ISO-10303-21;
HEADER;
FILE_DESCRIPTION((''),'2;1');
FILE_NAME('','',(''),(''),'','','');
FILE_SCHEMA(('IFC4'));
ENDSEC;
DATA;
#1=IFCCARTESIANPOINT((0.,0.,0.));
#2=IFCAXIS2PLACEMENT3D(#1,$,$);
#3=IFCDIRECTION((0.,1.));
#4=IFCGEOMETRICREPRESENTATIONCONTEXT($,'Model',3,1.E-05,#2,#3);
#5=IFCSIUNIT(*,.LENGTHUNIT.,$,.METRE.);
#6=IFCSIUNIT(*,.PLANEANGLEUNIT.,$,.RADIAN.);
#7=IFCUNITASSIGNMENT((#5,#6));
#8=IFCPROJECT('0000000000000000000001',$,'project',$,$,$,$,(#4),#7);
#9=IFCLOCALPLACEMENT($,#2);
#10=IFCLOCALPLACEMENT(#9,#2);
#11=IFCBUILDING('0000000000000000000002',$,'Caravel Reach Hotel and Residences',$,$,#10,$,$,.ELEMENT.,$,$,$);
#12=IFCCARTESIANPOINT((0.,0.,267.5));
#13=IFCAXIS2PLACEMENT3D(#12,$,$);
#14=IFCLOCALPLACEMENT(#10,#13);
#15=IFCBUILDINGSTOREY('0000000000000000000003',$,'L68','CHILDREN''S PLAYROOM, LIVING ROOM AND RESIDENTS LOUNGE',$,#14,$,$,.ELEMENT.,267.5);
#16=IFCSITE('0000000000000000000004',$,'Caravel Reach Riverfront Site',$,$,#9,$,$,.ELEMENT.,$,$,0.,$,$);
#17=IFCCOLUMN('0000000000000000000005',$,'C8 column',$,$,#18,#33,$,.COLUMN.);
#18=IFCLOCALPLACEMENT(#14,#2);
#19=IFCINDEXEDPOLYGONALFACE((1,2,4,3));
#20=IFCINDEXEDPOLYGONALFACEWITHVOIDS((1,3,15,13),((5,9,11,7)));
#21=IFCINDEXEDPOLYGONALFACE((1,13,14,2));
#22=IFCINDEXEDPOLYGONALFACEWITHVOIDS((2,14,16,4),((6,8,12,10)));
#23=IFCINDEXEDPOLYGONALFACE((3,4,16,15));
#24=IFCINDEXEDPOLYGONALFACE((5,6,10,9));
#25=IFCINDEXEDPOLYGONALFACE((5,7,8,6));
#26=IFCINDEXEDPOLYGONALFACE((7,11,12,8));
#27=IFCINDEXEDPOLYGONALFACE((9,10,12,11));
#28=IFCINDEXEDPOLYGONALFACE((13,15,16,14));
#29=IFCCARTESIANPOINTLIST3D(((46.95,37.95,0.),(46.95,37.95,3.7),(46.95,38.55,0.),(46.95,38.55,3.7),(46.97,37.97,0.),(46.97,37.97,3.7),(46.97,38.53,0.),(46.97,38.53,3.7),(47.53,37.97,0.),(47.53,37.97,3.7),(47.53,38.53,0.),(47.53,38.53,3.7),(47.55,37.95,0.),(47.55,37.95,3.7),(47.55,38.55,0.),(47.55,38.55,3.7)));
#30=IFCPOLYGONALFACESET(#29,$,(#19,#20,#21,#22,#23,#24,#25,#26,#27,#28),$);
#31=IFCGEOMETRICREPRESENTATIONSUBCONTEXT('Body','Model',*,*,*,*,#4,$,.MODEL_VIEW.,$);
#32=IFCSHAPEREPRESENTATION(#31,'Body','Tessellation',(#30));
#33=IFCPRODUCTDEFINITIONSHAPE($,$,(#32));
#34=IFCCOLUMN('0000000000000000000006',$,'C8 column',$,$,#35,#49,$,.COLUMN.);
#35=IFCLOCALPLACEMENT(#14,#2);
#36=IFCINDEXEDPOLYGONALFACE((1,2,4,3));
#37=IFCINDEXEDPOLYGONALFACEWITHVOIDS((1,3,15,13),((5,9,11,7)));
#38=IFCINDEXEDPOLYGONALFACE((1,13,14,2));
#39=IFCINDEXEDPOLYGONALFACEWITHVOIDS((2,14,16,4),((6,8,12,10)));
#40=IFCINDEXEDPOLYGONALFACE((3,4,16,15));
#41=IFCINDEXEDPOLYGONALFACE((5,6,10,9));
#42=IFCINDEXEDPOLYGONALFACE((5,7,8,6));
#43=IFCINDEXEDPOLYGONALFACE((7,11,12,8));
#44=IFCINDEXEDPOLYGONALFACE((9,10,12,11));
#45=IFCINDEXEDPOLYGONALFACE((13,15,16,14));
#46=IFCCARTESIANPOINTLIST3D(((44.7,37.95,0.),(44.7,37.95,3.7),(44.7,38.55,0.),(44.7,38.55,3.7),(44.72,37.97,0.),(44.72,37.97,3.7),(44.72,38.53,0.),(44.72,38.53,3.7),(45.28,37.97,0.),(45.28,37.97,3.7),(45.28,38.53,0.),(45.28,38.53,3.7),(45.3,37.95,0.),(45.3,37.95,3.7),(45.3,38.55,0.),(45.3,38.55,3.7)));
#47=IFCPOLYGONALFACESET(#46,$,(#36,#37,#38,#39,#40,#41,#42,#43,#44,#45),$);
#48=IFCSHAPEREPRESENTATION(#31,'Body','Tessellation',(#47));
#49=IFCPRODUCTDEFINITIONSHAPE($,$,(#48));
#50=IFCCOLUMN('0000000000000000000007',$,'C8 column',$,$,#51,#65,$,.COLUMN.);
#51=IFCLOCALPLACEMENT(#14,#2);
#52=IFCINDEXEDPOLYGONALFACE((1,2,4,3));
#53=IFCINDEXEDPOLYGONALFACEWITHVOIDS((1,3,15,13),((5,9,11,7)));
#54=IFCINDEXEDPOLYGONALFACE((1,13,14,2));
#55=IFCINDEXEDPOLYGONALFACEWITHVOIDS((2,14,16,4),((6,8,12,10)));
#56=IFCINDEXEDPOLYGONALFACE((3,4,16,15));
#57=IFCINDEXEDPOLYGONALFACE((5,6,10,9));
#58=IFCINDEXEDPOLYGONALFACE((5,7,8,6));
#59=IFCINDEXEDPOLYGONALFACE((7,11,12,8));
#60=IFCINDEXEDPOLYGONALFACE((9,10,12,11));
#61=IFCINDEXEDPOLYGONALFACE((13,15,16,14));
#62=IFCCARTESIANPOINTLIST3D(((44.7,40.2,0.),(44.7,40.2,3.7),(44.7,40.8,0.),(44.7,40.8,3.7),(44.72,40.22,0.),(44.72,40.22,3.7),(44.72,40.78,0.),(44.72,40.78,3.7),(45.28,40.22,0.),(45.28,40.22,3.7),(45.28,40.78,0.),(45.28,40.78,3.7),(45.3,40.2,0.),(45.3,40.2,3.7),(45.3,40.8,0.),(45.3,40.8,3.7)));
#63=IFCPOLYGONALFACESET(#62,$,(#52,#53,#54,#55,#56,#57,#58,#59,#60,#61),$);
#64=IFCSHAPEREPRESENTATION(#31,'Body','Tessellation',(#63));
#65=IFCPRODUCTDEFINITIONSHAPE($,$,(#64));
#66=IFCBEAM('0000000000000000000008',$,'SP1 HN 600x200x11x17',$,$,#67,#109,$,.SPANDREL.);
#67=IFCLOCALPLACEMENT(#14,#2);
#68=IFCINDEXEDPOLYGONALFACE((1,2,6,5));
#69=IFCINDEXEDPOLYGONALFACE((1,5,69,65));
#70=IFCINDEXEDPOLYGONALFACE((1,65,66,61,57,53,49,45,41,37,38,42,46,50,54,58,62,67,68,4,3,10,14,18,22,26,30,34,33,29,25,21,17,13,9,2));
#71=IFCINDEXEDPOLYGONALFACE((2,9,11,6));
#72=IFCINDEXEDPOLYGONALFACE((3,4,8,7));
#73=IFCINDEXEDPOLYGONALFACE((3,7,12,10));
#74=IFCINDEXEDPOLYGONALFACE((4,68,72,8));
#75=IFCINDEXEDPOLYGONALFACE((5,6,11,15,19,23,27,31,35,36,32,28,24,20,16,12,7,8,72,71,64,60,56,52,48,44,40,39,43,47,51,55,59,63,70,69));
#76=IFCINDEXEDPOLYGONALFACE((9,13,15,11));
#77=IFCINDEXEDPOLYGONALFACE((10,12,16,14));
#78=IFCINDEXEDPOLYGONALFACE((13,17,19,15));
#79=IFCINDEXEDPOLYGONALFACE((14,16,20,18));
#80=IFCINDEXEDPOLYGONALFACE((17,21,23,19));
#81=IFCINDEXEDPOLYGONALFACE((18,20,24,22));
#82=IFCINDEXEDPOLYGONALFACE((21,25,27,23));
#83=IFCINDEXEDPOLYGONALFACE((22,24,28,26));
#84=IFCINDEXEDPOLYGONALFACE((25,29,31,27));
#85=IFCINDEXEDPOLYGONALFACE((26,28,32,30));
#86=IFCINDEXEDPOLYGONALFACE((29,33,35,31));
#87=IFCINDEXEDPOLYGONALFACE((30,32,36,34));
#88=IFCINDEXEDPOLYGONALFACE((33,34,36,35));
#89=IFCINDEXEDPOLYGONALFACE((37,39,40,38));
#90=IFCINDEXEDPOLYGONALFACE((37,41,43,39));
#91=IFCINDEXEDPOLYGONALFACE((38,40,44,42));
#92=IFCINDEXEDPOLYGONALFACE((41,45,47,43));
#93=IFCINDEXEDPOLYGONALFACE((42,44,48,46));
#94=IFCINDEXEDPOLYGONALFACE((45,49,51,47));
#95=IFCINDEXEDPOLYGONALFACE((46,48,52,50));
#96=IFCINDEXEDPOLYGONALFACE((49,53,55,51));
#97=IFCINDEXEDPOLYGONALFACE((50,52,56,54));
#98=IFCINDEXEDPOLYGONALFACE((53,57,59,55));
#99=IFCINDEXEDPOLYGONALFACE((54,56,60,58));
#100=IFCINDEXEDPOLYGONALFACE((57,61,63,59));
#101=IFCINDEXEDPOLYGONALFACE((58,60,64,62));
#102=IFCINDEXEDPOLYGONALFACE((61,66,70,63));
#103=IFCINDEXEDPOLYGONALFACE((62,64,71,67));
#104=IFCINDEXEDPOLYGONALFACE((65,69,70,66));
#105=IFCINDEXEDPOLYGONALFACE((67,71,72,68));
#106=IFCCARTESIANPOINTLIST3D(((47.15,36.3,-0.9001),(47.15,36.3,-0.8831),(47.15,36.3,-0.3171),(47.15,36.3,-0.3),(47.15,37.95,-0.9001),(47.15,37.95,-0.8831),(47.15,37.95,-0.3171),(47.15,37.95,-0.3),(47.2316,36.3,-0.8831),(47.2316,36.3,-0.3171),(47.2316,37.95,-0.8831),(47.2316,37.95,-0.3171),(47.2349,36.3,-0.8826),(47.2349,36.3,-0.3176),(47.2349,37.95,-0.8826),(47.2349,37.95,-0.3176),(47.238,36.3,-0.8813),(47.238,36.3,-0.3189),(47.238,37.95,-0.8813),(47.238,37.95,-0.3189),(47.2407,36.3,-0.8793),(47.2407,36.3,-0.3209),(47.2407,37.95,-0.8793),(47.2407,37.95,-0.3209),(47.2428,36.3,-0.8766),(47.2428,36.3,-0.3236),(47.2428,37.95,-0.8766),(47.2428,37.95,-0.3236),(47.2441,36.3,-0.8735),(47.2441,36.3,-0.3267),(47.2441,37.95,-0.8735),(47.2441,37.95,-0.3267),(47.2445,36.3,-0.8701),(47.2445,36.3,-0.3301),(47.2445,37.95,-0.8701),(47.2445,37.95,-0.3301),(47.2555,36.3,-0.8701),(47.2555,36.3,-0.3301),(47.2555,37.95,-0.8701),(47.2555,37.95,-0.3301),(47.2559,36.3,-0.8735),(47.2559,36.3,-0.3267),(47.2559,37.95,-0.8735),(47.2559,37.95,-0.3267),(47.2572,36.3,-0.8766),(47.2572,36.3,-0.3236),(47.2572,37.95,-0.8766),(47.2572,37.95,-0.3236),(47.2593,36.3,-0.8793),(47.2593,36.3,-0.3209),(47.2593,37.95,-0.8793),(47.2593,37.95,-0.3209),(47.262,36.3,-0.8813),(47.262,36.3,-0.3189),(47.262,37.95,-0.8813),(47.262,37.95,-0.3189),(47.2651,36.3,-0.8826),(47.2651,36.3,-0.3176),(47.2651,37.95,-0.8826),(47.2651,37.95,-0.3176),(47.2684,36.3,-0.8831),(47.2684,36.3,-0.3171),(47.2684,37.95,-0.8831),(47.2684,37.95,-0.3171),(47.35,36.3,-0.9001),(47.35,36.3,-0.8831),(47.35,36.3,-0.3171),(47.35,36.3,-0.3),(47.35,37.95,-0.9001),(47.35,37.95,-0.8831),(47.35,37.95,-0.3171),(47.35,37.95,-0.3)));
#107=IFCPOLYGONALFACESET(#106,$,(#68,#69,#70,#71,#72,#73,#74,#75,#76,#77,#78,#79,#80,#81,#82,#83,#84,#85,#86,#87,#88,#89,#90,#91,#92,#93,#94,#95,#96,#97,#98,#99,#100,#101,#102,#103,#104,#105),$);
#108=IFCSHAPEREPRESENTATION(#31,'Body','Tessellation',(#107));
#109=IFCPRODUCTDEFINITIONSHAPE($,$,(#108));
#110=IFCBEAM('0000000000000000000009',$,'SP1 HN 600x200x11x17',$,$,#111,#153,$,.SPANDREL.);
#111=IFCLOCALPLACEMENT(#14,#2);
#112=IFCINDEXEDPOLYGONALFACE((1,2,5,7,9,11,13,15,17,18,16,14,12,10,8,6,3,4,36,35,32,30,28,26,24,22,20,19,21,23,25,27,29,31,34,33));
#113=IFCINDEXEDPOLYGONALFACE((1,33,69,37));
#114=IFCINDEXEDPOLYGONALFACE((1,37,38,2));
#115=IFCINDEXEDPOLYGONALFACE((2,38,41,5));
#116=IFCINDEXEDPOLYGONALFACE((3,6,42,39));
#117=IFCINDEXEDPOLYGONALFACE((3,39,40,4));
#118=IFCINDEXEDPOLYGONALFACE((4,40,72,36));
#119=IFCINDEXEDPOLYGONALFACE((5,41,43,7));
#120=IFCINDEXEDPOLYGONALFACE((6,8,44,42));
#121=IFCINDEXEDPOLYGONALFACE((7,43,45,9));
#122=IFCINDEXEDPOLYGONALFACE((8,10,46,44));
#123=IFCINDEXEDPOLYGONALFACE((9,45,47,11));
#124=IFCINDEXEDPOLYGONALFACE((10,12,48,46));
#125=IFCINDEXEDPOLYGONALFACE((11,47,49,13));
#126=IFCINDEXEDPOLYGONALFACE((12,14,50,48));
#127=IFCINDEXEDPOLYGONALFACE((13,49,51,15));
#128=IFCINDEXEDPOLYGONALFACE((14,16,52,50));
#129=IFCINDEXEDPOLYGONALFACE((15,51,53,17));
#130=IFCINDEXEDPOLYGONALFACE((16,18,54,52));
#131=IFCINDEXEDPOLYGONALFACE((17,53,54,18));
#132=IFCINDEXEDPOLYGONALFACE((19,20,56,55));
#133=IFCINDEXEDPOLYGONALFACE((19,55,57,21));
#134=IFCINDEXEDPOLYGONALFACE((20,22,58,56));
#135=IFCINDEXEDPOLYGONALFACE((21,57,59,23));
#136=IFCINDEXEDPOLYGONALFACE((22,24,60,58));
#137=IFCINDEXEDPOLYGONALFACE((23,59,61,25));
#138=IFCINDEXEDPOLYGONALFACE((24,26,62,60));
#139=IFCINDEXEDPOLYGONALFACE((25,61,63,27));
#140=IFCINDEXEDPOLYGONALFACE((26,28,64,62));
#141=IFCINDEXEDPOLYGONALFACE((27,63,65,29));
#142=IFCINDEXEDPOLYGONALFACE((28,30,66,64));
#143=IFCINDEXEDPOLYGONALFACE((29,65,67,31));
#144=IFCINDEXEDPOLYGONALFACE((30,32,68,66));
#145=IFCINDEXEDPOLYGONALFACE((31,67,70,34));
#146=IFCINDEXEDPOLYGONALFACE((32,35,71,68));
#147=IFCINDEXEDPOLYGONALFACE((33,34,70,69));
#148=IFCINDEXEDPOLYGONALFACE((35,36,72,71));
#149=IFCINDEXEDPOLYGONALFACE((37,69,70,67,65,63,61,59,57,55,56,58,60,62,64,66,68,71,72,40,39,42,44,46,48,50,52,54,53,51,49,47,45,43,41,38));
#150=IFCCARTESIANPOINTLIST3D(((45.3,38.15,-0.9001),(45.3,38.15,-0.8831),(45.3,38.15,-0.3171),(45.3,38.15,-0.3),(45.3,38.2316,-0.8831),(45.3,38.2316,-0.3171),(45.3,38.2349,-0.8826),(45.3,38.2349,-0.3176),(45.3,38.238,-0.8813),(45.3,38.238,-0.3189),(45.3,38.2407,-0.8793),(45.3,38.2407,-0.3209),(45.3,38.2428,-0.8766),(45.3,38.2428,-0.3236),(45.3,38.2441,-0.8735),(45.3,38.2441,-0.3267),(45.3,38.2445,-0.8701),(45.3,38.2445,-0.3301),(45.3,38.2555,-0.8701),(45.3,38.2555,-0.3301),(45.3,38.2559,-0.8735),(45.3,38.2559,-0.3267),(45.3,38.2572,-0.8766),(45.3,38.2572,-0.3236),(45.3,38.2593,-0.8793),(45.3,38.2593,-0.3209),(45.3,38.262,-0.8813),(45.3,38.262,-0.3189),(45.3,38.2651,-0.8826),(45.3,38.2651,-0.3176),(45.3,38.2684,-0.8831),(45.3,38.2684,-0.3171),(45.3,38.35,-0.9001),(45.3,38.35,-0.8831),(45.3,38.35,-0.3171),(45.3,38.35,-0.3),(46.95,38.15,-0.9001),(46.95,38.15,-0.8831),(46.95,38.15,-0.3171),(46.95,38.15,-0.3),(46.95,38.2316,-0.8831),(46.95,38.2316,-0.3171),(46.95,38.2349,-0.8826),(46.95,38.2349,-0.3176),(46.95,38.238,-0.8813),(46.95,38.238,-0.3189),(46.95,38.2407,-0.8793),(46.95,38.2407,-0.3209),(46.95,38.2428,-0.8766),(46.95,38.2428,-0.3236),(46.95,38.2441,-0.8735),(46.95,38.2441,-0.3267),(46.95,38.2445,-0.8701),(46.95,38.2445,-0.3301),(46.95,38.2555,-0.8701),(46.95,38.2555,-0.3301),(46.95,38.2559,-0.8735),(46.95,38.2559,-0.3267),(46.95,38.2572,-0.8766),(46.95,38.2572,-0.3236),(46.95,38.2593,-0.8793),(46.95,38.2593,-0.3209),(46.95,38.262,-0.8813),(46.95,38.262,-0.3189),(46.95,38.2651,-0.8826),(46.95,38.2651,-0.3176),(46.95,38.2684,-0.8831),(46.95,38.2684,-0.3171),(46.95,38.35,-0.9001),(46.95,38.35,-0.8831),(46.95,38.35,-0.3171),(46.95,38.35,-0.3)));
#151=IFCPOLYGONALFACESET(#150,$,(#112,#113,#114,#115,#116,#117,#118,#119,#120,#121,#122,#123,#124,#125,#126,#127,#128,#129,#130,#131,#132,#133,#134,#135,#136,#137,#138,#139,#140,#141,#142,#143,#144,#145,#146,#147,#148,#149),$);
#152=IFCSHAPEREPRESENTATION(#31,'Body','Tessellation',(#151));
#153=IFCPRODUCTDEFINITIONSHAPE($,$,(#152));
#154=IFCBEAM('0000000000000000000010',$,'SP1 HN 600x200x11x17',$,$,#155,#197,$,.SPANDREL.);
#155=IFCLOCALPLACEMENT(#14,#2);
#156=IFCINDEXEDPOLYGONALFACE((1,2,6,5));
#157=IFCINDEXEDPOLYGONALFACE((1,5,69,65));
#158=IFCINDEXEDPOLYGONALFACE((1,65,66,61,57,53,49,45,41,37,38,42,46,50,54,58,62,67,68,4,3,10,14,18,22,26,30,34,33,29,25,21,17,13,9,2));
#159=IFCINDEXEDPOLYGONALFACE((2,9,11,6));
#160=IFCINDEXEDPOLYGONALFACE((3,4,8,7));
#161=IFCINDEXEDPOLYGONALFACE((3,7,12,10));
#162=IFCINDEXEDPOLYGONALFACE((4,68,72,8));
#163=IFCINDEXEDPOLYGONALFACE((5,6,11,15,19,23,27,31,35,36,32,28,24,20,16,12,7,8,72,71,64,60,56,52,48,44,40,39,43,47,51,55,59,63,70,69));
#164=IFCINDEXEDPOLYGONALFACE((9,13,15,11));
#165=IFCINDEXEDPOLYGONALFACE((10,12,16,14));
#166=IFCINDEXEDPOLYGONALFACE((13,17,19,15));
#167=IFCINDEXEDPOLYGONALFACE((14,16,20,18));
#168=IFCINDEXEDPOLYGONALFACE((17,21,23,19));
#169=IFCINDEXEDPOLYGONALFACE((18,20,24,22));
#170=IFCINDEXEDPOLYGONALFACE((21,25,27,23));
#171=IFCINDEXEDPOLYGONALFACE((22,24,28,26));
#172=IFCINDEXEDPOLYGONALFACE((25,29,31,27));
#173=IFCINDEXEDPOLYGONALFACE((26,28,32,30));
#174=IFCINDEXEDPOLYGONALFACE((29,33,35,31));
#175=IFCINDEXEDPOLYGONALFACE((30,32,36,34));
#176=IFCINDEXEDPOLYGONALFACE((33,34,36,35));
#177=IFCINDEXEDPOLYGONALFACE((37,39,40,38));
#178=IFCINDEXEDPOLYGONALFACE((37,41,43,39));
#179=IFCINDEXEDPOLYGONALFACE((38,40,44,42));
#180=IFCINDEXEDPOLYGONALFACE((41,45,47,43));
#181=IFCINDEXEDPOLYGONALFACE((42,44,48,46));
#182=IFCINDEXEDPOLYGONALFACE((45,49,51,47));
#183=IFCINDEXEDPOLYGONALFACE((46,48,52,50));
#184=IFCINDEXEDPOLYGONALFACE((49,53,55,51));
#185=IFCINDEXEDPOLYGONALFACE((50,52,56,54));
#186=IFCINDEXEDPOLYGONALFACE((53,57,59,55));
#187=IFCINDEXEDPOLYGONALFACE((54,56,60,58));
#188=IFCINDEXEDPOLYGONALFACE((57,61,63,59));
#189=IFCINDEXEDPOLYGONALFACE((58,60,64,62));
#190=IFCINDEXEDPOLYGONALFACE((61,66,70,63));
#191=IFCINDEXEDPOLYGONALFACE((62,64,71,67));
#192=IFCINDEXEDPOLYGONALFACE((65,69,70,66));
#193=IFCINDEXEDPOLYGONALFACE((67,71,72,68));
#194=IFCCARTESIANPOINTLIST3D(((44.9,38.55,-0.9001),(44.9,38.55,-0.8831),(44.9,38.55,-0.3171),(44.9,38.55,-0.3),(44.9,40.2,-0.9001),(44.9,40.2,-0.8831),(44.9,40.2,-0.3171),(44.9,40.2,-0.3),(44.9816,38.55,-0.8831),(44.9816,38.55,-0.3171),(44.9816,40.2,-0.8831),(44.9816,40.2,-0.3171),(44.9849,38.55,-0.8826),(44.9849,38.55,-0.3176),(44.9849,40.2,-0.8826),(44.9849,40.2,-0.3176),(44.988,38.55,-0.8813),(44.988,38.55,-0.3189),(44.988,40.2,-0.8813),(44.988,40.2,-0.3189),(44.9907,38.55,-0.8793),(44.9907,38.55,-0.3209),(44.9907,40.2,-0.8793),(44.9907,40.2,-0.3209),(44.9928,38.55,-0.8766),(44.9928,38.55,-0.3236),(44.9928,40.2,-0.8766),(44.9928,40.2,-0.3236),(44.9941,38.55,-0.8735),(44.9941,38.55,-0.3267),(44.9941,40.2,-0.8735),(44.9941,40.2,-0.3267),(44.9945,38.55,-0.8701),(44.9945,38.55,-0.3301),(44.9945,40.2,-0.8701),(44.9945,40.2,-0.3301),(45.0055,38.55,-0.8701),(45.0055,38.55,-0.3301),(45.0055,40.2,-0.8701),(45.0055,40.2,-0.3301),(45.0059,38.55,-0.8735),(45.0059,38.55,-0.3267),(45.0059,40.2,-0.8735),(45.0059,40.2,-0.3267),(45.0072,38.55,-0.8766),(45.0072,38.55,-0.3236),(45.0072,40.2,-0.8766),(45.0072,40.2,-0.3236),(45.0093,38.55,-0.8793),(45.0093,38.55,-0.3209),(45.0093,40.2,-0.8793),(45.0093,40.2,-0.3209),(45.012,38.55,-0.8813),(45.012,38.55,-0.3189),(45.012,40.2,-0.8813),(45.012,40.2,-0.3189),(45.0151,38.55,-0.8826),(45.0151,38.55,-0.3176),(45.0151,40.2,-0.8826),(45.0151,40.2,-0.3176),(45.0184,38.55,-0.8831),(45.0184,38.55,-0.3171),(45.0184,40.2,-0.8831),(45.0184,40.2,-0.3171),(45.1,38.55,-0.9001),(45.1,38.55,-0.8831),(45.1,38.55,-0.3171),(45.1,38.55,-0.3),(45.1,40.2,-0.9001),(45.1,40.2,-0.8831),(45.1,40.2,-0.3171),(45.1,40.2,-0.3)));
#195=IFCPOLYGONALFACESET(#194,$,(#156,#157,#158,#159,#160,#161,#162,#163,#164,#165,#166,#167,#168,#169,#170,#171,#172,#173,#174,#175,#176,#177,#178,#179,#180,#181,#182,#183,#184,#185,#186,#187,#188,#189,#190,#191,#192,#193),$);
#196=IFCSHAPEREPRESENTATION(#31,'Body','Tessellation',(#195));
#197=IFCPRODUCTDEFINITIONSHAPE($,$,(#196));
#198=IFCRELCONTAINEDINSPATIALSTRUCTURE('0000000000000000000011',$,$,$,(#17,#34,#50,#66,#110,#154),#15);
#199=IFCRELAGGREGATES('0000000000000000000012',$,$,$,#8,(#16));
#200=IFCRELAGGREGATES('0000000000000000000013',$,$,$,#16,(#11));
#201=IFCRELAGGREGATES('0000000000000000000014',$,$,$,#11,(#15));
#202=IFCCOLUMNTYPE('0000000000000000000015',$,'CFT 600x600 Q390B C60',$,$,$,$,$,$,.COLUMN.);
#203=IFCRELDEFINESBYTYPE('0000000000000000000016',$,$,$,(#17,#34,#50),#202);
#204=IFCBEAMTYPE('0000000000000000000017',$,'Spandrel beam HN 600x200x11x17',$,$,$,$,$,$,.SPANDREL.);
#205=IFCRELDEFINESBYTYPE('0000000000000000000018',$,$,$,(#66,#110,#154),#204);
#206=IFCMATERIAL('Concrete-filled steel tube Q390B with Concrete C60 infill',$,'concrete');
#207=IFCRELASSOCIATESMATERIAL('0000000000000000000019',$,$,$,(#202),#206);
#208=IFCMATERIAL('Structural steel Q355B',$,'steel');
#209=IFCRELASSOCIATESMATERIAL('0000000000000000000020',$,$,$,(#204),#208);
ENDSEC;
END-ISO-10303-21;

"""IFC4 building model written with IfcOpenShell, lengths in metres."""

from ifc_helpers import new_model, si_unit, direction, frame, origin, origin_2d, place, context, subcontext, project, spatial, hollow_rectangle, i_section, extrude, material, material_profile, profile_set, type_object, element, save


model = new_model("IFC4")

# Units and contexts
model_context = context("Model", 3, precision=1e-05, world=origin(), true_north=direction((0.0, 1.0)))
body_context = subcontext(model_context, "Body", "Model", "MODEL_VIEW")
ifc_project = project(units=[si_unit("LENGTHUNIT", "METRE"), si_unit("PLANEANGLEUNIT", "RADIAN")], contexts=[model_context])

# Site, building, storey
site_placement = place(None, origin())
site = spatial("IfcSite", under=ifc_project, at=site_placement, Name="Caravel Reach Riverfront Site", CompositionType="ELEMENT", RefElevation=0.0)
building_placement = place(site_placement, origin())
building = spatial("IfcBuilding", under=site, at=building_placement, Name="Caravel Reach Hotel and Residences", CompositionType="ELEMENT")
storey_placement = place(building_placement, frame((0.0, 0.0, 267.5)))
storey = spatial("IfcBuildingStorey", under=building, at=storey_placement, Name="L68", Description="CHILDREN'S PLAYROOM, LIVING ROOM AND RESIDENTS LOUNGE", CompositionType="ELEMENT", Elevation=267.5)

# Columns
ifc_material_1 = material(Name="Concrete-filled steel tube Q390B with Concrete C60 infill", Category="concrete")
ifc_material_profile_1 = material_profile(ifc_material_1, hollow_rectangle(XDim=0.6001, YDim=0.6001, WallThickness=0.02, at=origin_2d()), Name="RHS 600x600x20")
ifc_profile_set_1 = profile_set([ifc_material_profile_1], Name="Concrete-filled steel tube Q390B with Concrete C60 infill")
column_type = type_object("IfcColumnType", Name="CFT 600x600 Q390B C60", PredefinedType="COLUMN", material=ifc_profile_set_1)
for number, where, z_axis, x_axis, name in (
    (1, (47.25, 38.25, 0.0), (0.0, 0.0, 1.0), (1.0, 0.0, 0.0), "C8 column"),
    (2, (45.0, 38.25, 0.0), (0.0, 0.0, 1.0), (1.0, 0.0, 0.0), "C8 column"),
    (3, (45.0, 40.5, 0.0), (0.0, 0.0, 1.0), (1.0, 0.0, 0.0), "C8 column"),
):
    element("IfcColumn", number, at=place(storey_placement, frame(where, z_axis=z_axis, x_axis=x_axis)), inside=storey, type_object=column_type, Name=name, PredefinedType="COLUMN", context=body_context, shape_type="SweptSolid", body=[
        extrude(hollow_rectangle(XDim=0.6001, YDim=0.6001, WallThickness=0.02, at=origin_2d()), origin(), (0.0, 0.0, 1.0), 3.7),
    ])

# Beams
ifc_material_2 = material(Name="Structural steel Q355B", Category="steel")
ifc_material_profile_2 = material_profile(ifc_material_2, i_section(OverallWidth=0.2, OverallDepth=0.6001, WebThickness=0.011, FlangeThickness=0.0171, FilletRadius=0.0129, at=origin_2d()), Name="HN 600x200x11x17")
ifc_profile_set_2 = profile_set([ifc_material_profile_2], Name="Structural steel Q355B")
beam_type = type_object("IfcBeamType", Name="Spandrel beam HN 600x200x11x17", PredefinedType="SPANDREL", material=ifc_profile_set_2)
for number, where, z_axis, x_axis, name in (
    (4, (47.25, 36.3, -0.6001), (0.0, 1.0, 0.0), (-1.0, 0.0, 0.0), "SP1 HN 600x200x11x17"),
    (5, (46.95, 38.25, -0.6001), (-1.0, 0.0, 0.0), (0.0, -1.0, 0.0), "SP1 HN 600x200x11x17"),
    (6, (45.0, 38.55, -0.6001), (0.0, 1.0, 0.0), (-1.0, 0.0, 0.0), "SP1 HN 600x200x11x17"),
):
    element("IfcBeam", number, at=place(storey_placement, frame(where, z_axis=z_axis, x_axis=x_axis)), inside=storey, type_object=beam_type, Name=name, PredefinedType="SPANDREL", context=body_context, shape_type="SweptSolid", body=[
        extrude(i_section(OverallWidth=0.2, OverallDepth=0.6001, WebThickness=0.011, FlangeThickness=0.0171, FilletRadius=0.0129, at=origin_2d()), origin(), (0.0, 0.0, 1.0), 1.6499),
    ])

save(model, "model.ifc")
